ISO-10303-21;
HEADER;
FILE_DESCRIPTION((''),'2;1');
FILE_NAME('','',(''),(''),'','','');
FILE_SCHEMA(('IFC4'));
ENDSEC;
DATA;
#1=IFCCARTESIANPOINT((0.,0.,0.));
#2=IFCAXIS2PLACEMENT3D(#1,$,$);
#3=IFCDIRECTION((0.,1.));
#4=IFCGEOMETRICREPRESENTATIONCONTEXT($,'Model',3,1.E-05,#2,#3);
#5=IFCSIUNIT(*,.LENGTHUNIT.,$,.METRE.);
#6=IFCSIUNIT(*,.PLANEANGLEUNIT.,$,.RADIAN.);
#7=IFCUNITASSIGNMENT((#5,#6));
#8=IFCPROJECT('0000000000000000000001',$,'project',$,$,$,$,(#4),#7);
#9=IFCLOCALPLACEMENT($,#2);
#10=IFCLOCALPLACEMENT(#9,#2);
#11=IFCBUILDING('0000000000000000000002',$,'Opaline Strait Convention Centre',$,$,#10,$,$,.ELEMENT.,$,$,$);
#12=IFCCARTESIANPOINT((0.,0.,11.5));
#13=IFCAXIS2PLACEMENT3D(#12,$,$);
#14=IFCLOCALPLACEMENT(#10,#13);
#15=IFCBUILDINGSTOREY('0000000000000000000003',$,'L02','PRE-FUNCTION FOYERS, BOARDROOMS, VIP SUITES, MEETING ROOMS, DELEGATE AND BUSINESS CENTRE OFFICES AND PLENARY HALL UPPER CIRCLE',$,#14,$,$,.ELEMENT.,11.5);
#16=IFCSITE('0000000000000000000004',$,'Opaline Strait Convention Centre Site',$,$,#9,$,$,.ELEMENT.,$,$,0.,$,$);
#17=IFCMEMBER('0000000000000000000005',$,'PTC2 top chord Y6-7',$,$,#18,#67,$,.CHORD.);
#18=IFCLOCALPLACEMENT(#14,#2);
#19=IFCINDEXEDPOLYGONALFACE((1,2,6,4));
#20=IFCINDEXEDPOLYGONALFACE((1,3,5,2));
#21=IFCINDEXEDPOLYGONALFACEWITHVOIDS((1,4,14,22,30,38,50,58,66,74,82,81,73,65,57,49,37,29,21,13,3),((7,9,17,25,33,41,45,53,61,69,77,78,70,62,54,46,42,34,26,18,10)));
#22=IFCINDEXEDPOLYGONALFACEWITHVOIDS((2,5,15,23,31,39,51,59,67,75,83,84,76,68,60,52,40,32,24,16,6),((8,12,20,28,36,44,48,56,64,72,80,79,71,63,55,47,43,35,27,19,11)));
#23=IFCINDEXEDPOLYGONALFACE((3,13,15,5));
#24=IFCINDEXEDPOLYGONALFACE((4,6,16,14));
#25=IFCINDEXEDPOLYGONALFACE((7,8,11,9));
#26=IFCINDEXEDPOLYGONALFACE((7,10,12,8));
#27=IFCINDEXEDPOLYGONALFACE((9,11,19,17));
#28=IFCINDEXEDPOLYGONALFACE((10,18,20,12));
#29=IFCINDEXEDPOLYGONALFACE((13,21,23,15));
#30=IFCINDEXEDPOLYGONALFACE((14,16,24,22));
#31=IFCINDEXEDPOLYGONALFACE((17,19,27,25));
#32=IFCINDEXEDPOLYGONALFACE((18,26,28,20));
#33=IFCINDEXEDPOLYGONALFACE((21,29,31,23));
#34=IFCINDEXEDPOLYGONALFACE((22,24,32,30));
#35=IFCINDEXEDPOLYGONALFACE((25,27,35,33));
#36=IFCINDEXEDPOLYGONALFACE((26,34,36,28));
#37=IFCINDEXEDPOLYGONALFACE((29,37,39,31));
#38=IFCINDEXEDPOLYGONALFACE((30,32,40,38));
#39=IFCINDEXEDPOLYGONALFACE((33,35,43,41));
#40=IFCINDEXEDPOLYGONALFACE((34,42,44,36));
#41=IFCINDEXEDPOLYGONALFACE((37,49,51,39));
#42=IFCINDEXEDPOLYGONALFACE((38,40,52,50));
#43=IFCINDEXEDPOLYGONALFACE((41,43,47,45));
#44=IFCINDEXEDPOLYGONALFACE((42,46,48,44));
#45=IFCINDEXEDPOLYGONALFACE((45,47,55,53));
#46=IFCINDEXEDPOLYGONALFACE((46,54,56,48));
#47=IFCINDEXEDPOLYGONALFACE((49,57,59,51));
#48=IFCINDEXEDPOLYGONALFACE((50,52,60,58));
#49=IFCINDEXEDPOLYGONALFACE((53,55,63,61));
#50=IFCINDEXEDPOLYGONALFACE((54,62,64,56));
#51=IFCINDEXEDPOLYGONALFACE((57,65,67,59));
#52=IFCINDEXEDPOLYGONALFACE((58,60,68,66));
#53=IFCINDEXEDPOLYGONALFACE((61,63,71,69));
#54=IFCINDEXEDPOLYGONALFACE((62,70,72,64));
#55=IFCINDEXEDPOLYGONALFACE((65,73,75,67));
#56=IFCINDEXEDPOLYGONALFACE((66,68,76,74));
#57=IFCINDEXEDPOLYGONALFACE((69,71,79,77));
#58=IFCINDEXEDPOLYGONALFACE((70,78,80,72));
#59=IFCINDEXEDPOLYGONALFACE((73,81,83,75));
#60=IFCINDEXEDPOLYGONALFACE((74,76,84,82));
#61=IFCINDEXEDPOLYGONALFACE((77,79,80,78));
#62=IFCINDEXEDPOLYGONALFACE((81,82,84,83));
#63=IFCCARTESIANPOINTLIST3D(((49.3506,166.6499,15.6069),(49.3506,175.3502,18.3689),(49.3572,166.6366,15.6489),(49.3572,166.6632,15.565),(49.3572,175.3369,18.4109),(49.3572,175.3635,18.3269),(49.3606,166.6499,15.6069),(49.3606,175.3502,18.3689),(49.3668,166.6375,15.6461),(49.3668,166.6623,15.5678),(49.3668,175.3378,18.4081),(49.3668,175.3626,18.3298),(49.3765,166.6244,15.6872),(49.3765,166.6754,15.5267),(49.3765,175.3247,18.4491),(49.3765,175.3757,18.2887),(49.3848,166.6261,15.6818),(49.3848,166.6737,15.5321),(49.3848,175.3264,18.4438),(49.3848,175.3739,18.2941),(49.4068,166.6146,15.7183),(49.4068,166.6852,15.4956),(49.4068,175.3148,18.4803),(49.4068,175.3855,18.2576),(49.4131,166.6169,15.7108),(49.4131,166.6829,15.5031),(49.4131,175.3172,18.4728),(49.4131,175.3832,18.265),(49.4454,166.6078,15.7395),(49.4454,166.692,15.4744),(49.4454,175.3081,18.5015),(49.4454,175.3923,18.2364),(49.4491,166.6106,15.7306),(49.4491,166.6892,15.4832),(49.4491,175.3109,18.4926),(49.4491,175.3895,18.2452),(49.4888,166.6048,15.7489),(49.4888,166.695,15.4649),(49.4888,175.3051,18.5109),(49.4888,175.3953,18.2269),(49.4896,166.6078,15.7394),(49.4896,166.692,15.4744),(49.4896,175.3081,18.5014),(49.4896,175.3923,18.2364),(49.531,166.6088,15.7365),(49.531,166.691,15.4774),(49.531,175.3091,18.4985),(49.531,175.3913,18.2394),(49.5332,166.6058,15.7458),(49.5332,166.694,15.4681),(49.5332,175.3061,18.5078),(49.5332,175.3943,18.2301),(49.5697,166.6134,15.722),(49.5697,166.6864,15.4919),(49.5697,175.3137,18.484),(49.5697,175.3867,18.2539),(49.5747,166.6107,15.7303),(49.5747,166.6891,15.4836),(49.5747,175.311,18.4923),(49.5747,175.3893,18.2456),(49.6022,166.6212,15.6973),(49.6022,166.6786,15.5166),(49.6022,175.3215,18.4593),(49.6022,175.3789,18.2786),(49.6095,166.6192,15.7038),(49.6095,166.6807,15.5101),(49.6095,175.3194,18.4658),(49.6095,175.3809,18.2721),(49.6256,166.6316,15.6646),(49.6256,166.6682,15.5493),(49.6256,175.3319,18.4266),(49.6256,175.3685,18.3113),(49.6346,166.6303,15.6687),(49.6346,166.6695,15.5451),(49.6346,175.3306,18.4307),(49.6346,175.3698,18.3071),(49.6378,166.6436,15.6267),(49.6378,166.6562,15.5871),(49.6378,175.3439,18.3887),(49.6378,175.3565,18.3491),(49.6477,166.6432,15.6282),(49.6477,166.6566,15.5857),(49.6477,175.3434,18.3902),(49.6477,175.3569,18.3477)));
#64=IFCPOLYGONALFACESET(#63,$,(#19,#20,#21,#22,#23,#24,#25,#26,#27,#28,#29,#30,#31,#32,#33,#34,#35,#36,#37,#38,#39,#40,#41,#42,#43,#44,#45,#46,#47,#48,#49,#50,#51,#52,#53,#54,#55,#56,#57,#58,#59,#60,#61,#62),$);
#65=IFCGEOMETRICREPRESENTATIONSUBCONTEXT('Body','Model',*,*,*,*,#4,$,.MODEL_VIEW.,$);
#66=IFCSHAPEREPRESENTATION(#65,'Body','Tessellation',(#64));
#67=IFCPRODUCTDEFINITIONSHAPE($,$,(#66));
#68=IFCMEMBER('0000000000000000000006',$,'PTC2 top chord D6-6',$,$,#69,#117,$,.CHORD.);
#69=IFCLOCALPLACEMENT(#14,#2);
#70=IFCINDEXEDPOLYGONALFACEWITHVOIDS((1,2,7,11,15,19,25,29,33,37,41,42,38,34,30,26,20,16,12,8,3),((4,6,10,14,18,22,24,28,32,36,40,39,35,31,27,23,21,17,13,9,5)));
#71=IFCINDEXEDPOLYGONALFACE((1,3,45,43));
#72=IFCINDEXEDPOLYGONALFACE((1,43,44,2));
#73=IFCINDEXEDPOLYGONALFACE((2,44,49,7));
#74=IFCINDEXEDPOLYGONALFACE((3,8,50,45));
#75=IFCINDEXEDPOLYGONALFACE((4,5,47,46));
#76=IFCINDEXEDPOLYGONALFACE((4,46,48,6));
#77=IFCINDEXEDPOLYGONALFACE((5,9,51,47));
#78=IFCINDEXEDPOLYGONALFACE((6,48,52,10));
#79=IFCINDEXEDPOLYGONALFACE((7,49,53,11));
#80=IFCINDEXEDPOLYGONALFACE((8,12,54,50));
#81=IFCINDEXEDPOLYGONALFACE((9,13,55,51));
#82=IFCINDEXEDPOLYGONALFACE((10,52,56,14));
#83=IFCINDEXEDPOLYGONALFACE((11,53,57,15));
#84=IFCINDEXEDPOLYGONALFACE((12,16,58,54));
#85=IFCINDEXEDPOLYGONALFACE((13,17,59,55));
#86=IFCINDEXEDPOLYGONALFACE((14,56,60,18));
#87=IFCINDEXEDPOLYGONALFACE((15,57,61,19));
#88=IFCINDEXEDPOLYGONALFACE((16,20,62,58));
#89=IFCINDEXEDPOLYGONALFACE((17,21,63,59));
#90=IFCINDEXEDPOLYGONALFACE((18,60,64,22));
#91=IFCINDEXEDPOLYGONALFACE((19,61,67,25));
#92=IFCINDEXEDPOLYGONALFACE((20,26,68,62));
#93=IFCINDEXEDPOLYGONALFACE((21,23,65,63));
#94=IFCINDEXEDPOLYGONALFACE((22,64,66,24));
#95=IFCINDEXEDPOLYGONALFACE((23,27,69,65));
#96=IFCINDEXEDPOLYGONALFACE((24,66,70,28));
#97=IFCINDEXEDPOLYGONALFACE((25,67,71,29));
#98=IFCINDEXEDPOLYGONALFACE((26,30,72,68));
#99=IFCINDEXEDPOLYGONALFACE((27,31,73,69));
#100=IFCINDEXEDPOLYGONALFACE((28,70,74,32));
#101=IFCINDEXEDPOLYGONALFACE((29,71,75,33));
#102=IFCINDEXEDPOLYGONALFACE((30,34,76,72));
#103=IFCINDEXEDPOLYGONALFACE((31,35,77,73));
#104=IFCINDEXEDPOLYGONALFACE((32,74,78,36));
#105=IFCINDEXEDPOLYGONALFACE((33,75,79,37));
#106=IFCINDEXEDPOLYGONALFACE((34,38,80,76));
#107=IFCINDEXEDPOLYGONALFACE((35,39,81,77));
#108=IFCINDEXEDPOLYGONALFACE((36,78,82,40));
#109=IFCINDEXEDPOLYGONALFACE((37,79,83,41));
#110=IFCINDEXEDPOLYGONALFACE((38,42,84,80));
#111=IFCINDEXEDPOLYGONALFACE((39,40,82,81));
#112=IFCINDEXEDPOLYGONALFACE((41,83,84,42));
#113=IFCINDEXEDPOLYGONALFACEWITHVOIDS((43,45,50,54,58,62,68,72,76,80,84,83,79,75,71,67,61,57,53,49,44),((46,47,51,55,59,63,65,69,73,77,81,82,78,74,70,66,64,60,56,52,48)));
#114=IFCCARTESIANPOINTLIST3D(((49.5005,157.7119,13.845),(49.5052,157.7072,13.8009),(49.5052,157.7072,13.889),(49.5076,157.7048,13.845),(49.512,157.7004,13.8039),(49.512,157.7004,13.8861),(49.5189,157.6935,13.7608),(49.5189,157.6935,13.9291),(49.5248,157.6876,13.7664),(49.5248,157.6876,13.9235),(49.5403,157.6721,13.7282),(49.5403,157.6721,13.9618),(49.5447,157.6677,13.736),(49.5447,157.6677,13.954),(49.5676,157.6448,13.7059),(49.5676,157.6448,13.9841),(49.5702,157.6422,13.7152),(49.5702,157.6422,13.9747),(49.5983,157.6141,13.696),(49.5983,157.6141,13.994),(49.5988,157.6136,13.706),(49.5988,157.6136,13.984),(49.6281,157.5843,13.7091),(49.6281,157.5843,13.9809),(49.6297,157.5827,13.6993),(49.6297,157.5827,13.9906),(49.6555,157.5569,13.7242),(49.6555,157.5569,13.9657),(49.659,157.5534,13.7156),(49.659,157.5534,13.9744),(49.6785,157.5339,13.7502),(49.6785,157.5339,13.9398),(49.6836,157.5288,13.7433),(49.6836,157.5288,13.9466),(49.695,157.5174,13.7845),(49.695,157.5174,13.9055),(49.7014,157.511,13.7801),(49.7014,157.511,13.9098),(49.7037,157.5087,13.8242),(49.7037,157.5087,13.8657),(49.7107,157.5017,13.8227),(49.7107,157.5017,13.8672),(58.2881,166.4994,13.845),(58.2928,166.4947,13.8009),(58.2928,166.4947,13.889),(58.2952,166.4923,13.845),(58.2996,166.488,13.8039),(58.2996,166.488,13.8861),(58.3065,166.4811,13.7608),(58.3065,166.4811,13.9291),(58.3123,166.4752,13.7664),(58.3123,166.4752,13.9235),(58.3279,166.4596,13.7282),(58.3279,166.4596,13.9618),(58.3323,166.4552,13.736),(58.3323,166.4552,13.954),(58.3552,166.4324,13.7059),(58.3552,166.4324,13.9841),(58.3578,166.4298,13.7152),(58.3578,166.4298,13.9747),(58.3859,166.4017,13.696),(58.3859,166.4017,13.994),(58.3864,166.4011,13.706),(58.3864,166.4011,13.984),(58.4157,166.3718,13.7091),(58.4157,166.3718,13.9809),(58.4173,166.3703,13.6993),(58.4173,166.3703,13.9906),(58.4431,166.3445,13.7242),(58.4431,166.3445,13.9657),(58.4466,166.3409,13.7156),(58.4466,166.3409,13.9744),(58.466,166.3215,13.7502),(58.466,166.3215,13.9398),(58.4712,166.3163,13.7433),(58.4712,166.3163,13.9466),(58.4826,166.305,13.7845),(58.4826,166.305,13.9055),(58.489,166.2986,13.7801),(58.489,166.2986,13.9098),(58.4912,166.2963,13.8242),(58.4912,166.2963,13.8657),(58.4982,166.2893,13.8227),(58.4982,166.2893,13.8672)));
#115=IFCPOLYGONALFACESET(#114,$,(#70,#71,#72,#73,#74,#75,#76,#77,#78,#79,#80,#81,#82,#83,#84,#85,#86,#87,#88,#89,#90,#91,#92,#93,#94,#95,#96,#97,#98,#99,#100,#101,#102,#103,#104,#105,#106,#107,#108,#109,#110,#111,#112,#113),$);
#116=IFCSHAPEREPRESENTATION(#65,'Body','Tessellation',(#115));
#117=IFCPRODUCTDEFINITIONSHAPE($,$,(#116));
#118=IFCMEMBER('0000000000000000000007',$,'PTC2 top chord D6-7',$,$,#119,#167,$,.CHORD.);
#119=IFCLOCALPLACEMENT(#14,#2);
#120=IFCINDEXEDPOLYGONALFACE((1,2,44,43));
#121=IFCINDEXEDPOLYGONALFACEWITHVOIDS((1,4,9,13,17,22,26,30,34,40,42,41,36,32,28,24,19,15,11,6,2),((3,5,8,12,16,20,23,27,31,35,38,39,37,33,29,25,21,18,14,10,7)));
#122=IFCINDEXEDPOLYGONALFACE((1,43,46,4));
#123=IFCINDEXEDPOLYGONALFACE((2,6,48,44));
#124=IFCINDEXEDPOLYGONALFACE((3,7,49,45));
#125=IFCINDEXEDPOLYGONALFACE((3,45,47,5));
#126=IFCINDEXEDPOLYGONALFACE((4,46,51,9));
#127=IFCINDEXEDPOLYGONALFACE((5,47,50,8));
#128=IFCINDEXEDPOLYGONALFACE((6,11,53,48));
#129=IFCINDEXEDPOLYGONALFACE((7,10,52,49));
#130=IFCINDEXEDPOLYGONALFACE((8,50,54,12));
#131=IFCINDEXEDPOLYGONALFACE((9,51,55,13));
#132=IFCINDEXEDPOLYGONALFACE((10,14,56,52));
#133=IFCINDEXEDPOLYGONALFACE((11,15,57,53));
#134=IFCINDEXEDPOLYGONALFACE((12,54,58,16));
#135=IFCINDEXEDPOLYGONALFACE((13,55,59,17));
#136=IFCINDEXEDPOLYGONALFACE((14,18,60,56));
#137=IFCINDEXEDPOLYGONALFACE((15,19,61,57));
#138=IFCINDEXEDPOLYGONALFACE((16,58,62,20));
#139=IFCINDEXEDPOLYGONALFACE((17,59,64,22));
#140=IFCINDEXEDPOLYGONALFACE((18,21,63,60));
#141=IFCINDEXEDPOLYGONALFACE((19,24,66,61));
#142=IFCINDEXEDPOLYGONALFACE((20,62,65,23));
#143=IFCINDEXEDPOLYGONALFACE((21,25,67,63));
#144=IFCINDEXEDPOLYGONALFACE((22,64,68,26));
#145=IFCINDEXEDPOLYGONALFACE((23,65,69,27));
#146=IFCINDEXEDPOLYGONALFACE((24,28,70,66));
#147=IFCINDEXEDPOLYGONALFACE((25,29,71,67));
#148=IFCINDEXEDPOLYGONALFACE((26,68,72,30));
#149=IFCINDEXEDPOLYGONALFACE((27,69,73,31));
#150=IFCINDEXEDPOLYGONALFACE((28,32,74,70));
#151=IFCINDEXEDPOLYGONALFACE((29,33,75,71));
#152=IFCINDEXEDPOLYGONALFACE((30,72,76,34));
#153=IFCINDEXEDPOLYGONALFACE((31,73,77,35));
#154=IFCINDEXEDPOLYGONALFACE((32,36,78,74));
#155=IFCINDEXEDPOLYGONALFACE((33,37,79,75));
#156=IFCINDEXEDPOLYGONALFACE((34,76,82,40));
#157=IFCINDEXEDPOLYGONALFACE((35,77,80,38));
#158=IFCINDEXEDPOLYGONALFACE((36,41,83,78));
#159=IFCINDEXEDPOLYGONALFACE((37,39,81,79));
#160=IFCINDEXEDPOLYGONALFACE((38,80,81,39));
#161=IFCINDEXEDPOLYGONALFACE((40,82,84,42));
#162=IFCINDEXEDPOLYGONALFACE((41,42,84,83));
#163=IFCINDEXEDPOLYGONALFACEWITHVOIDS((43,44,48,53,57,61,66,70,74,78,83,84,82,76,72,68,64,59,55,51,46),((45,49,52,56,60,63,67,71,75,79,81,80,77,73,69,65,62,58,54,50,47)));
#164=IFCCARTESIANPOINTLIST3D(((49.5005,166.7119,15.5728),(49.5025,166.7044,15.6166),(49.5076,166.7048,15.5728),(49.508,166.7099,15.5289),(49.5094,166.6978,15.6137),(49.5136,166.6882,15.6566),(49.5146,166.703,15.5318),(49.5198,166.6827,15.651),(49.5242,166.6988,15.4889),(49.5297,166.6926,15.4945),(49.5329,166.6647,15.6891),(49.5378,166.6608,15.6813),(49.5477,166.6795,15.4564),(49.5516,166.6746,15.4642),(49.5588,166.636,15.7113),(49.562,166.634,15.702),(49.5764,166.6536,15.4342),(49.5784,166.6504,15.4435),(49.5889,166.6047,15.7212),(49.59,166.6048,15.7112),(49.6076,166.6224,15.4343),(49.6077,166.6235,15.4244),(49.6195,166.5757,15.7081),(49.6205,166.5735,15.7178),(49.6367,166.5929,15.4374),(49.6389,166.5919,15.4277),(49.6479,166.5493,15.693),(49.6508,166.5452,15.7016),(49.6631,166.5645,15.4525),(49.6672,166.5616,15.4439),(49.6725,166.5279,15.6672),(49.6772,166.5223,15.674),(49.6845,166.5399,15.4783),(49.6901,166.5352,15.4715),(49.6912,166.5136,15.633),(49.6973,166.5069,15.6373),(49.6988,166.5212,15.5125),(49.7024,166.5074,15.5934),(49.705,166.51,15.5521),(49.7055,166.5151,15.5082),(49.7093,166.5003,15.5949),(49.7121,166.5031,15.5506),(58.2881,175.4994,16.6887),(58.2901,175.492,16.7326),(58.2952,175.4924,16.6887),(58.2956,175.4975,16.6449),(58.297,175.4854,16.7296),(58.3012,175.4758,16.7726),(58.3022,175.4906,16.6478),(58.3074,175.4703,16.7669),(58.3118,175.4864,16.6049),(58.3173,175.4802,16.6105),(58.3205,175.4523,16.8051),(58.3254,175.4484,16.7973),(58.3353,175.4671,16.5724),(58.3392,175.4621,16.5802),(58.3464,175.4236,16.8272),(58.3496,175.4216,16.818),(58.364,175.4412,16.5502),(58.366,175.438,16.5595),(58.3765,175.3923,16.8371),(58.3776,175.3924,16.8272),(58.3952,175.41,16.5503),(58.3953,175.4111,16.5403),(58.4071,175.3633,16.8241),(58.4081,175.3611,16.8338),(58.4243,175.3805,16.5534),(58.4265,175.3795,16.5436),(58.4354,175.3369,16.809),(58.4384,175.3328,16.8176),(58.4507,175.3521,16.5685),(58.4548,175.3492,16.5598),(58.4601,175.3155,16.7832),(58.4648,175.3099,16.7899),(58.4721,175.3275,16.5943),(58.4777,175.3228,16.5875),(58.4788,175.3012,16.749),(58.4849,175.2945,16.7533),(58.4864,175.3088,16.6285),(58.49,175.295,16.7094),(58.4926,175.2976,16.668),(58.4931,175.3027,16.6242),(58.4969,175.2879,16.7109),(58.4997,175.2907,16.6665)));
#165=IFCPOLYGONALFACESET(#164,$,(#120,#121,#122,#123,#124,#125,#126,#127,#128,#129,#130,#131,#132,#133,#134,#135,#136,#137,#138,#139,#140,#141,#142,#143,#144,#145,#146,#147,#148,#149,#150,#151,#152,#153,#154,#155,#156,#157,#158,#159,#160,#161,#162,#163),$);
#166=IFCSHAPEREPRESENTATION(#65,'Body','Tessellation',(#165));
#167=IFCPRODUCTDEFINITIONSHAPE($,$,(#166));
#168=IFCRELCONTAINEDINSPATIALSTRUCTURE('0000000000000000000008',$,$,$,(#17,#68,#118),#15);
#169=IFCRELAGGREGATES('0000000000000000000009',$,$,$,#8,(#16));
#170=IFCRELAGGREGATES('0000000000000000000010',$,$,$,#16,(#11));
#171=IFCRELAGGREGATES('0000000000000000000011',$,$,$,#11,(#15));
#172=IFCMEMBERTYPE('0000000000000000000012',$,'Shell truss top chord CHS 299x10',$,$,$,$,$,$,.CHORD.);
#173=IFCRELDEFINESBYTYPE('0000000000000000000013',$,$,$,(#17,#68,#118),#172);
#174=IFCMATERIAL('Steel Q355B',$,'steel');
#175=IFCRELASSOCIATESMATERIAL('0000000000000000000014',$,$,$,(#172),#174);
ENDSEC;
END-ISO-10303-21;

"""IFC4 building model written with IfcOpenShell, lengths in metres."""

from ifc_helpers import new_model, si_unit, direction, frame, origin, origin_2d, place, context, subcontext, project, spatial, hollow_circle, extrude, material, material_profile, profile_set, type_object, element, save


model = new_model("IFC4")

# Units and contexts
model_context = context("Model", 3, precision=1e-05, world=origin(), true_north=direction((0.0, 1.0)))
body_context = subcontext(model_context, "Body", "Model", "MODEL_VIEW")
ifc_project = project(units=[si_unit("LENGTHUNIT", "METRE"), si_unit("PLANEANGLEUNIT", "RADIAN")], contexts=[model_context])

# Site, building, storey
site_placement = place(None, origin())
site = spatial("IfcSite", under=ifc_project, at=site_placement, Name="Opaline Strait Convention Centre Site", CompositionType="ELEMENT", RefElevation=0.0)
building_placement = place(site_placement, origin())
building = spatial("IfcBuilding", under=site, at=building_placement, Name="Opaline Strait Convention Centre", CompositionType="ELEMENT")
storey_placement = place(building_placement, frame((0.0, 0.0, 11.5)))
storey = spatial("IfcBuildingStorey", under=building, at=storey_placement, Name="L02", Description="PRE-FUNCTION FOYERS, BOARDROOMS, VIP SUITES, MEETING ROOMS, DELEGATE AND BUSINESS CENTRE OFFICES AND PLENARY HALL UPPER CIRCLE", CompositionType="ELEMENT", Elevation=11.5)

# Members
ifc_material_1 = material(Name="Steel Q355B", Category="steel")
ifc_material_profile_1 = material_profile(ifc_material_1, hollow_circle(Radius=0.1494, WallThickness=0.01, at=origin_2d()), Name="CHS 299x10")
ifc_profile_set_1 = profile_set([ifc_material_profile_1], Name="Steel Q355B")
member_type_1 = type_object("IfcMemberType", Name="Shell truss top chord CHS 299x10", PredefinedType="CHORD", material=ifc_profile_set_1)
member_1_placement = place(storey_placement, frame((49.5, 166.6499, 15.6069), z_axis=(0.0, 0.953124, 0.302579), x_axis=(-1.0, 0.0, 0.0)))
element("IfcMember", 1, at=member_1_placement, inside=storey, type_object=member_type_1, Name="PTC2 top chord Y6-7", PredefinedType="CHORD", context=body_context, shape_type="SweptSolid", body=[
    extrude(hollow_circle(Radius=0.1494, WallThickness=0.01, at=origin_2d()), origin(), (0.0, 0.0, 1.0), 9.1282),
])
member_2_placement = place(storey_placement, frame((49.6062, 157.6062, 13.845), z_axis=(0.707107, 0.707107, 0.0), x_axis=(-0.707107, 0.707107, 0.0)))
element("IfcMember", 2, at=member_2_placement, inside=storey, type_object=member_type_1, Name="PTC2 top chord D6-6", PredefinedType="CHORD", context=body_context, shape_type="SweptSolid", body=[
    extrude(hollow_circle(Radius=0.1494, WallThickness=0.01, at=origin_2d()), origin(), (0.0, 0.0, 1.0), 12.4275),
])
member_3_placement = place(storey_placement, frame((49.6062, 166.6062, 15.5728), z_axis=(0.704273, 0.704273, 0.089438), x_axis=(-0.707107, 0.707107, 0.0)))
element("IfcMember", 3, at=member_3_placement, inside=storey, type_object=member_type_1, Name="PTC2 top chord D6-7", PredefinedType="CHORD", context=body_context, shape_type="SweptSolid", body=[
    extrude(hollow_circle(Radius=0.1494, WallThickness=0.01, at=origin_2d()), origin(), (0.0, 0.0, 1.0), 12.4775),
])

save(model, "model.ifc")
